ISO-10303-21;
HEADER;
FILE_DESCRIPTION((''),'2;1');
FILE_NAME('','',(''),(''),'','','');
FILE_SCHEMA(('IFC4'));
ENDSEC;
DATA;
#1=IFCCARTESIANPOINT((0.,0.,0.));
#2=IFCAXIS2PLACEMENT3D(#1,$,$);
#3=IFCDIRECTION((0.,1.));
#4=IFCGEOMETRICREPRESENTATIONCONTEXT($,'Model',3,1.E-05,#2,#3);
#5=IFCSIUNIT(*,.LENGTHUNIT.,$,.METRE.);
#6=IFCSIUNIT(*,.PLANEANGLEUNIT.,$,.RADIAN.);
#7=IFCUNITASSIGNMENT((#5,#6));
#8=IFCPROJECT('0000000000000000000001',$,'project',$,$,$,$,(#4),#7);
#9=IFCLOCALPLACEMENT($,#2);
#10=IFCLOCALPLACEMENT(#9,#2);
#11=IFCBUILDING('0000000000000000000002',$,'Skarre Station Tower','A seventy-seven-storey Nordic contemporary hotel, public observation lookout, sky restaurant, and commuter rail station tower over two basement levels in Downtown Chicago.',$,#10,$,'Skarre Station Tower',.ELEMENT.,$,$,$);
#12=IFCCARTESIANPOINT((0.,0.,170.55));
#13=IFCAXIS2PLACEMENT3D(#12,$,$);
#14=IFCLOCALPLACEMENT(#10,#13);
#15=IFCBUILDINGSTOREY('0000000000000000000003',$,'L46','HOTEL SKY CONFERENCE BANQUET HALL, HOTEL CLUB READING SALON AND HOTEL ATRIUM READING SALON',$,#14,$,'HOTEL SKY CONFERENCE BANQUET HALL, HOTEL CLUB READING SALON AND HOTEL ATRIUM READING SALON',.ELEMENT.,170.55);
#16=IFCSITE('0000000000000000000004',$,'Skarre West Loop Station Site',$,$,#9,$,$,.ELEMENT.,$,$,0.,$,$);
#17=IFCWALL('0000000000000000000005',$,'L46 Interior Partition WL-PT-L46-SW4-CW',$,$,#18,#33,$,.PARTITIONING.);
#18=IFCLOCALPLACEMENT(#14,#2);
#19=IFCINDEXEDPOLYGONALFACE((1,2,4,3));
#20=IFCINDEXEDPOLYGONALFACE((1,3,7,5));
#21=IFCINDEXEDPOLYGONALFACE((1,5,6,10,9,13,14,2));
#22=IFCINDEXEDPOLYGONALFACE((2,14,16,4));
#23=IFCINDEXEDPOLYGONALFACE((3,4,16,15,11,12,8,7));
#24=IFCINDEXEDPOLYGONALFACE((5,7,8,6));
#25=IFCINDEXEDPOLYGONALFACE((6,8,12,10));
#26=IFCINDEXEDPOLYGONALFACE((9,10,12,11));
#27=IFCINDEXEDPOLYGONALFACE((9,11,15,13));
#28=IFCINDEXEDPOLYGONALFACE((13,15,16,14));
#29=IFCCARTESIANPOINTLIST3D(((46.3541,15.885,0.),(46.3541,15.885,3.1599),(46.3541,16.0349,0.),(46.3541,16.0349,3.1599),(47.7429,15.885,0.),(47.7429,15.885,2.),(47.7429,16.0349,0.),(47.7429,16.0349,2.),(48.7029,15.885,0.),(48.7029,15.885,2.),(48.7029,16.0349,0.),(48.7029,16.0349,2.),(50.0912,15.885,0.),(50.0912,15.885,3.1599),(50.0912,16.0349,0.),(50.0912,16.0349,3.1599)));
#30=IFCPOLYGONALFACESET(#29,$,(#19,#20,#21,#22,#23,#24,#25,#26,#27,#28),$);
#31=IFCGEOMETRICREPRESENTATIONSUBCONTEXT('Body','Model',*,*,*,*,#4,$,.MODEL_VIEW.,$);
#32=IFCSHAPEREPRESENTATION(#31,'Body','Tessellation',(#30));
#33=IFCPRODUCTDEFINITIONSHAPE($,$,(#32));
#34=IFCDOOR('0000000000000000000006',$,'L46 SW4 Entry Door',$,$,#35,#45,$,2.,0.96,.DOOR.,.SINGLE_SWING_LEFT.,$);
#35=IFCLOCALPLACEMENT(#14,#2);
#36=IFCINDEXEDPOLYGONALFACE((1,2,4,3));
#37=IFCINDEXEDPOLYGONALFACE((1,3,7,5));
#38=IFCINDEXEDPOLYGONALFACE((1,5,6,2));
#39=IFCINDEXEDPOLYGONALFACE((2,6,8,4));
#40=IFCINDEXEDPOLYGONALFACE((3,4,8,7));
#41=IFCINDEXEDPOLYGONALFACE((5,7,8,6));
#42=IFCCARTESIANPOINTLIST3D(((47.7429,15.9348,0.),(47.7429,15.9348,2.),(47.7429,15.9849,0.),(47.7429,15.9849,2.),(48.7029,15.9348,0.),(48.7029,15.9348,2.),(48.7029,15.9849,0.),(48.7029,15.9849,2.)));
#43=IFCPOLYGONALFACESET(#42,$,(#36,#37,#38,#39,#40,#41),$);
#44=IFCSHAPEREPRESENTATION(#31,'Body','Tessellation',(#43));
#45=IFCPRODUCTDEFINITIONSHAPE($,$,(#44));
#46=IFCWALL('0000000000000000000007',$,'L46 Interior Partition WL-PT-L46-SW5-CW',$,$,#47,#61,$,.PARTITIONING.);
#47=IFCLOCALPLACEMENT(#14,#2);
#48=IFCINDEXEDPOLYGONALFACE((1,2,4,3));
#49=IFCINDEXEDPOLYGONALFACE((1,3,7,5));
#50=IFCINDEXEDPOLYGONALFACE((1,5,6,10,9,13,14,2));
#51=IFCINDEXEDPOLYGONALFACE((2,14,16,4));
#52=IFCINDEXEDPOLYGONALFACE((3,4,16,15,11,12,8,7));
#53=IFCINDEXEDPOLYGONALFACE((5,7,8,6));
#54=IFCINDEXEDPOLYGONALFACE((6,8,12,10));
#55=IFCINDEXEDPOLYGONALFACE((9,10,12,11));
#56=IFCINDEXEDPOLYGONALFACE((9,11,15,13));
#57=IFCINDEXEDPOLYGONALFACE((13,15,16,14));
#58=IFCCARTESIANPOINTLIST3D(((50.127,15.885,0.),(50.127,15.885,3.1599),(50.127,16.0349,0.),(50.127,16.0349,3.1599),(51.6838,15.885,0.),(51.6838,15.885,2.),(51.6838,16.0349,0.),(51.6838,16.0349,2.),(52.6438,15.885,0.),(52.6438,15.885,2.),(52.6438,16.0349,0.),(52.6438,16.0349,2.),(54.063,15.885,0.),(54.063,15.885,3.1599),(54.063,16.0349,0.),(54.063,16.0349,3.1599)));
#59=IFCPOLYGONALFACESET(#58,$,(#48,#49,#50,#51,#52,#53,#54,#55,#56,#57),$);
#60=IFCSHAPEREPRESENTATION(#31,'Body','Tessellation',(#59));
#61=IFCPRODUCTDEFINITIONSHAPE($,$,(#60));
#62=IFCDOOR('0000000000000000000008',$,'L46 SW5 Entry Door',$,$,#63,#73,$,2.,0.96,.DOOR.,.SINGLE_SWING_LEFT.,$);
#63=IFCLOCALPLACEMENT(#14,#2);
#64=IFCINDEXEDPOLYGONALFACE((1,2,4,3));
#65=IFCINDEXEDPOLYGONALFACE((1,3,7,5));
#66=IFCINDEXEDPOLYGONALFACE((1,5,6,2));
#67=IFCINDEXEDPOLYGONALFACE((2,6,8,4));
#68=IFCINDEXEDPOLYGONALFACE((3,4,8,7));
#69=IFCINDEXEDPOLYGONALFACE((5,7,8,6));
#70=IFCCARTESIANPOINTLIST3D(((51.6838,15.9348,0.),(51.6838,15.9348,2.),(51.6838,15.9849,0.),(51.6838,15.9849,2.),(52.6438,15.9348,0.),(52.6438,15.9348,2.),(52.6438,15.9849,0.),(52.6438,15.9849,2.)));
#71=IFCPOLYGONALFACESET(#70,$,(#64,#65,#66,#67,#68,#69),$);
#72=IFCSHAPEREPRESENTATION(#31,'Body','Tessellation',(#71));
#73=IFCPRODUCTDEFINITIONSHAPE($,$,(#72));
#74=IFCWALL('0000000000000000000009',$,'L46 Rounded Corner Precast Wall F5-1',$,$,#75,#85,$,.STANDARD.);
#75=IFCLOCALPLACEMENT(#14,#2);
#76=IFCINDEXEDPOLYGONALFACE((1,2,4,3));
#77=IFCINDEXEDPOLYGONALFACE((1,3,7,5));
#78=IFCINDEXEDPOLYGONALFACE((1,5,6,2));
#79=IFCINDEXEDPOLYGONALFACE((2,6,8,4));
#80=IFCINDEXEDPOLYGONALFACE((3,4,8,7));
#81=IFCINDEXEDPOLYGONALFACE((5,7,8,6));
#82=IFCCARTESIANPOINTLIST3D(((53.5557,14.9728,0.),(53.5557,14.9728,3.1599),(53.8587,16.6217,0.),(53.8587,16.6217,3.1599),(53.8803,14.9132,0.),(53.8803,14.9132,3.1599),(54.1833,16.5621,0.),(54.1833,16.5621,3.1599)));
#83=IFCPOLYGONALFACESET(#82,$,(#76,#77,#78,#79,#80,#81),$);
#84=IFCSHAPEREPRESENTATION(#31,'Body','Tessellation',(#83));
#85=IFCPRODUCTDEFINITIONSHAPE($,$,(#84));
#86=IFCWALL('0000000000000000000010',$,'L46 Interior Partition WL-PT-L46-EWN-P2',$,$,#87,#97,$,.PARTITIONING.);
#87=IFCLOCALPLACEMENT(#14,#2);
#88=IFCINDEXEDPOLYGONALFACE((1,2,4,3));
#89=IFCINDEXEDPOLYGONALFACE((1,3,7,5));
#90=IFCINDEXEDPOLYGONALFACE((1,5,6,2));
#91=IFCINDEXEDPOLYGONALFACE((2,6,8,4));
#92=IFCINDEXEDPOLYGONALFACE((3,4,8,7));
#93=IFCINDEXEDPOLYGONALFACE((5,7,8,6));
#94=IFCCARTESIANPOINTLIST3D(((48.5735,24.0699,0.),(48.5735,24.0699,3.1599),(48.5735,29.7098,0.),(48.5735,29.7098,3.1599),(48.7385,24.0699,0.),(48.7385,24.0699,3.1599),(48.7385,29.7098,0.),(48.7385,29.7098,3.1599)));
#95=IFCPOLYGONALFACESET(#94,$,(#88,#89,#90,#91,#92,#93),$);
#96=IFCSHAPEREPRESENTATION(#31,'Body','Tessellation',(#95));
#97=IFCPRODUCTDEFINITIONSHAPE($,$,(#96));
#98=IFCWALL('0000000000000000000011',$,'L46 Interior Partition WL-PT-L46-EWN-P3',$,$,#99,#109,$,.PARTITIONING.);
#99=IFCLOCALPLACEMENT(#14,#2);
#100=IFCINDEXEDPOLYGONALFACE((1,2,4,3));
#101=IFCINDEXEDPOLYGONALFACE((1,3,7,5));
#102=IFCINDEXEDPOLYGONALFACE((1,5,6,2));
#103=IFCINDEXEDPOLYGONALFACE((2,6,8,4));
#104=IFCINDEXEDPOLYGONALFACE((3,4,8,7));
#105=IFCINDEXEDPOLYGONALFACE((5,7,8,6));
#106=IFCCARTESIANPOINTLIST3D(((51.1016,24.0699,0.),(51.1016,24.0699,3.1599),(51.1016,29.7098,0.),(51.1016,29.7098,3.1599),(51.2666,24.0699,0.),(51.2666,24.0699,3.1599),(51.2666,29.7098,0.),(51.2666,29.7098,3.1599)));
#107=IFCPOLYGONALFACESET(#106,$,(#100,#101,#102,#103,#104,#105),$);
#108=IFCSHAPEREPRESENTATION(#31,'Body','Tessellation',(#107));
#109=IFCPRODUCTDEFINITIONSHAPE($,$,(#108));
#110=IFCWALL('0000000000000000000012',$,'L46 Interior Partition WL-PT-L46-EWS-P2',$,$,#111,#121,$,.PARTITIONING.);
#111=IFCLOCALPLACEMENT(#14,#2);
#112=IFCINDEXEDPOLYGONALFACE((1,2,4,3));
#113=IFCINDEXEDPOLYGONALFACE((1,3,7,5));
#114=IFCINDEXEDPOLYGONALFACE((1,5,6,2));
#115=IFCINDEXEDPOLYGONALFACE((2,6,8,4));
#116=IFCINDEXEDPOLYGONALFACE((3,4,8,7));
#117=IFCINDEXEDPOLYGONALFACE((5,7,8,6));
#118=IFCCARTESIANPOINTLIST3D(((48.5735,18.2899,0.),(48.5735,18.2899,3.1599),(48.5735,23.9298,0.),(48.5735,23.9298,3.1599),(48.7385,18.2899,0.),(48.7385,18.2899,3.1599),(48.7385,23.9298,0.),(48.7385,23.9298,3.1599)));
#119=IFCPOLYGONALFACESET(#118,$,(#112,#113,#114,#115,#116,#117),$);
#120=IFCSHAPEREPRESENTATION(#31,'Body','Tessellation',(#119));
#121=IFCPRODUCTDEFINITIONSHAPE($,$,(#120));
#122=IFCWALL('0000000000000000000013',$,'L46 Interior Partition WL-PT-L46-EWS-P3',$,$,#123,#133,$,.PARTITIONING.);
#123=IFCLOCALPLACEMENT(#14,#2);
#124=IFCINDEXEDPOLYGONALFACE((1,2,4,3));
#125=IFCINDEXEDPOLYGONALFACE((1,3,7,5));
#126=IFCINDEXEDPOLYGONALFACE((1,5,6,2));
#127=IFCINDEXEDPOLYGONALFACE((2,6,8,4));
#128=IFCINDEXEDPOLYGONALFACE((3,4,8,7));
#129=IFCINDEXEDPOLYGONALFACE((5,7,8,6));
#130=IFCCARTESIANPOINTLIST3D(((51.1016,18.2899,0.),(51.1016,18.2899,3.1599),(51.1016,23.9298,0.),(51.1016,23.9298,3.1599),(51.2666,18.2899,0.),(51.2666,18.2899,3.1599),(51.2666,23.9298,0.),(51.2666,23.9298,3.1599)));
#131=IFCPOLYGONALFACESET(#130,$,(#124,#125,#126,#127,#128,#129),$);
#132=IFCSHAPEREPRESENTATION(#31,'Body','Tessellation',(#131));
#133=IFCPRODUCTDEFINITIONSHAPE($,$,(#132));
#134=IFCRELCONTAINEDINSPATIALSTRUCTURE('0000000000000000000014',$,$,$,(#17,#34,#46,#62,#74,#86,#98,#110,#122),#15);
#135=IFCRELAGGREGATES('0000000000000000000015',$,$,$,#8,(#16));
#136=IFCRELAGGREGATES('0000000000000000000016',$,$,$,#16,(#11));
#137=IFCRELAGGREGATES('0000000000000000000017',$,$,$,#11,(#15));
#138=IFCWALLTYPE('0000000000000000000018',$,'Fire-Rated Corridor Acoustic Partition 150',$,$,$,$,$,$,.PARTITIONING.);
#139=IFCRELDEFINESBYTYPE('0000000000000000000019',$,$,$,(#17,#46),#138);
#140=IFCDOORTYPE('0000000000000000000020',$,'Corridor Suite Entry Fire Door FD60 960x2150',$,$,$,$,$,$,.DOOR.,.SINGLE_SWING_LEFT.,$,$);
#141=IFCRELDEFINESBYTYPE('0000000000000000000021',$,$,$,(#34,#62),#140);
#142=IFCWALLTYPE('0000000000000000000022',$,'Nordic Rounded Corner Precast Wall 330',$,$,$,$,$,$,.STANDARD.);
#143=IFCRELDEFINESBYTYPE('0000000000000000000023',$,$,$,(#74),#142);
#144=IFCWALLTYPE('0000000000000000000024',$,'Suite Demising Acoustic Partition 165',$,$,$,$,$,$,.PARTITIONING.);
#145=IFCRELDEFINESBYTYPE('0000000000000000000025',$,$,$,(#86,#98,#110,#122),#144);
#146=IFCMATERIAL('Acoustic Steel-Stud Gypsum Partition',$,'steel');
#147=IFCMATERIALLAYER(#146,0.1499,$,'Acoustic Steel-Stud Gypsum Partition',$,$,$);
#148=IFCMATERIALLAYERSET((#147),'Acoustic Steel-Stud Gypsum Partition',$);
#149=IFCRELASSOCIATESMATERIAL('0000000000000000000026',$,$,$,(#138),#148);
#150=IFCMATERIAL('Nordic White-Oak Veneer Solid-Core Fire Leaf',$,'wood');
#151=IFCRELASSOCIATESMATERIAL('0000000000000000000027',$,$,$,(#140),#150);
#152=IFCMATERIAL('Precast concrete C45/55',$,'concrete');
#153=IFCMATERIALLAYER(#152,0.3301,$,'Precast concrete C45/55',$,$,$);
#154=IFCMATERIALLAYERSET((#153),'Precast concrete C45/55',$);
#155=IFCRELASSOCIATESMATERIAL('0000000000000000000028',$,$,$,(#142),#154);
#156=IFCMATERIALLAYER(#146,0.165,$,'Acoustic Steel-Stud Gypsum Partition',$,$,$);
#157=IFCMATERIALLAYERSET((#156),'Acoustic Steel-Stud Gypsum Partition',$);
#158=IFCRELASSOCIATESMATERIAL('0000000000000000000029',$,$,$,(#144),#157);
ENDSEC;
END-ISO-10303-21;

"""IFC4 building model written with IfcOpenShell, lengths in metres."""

from ifc_helpers import new_model, si_unit, direction, frame, frame_2d, origin, place, context, subcontext, project, spatial, rectangle, extrude, material, layer, layer_set, type_object, element, fill, save


model = new_model("IFC4")

# Units and contexts
model_context = context("Model", 3, precision=1e-05, world=origin(), true_north=direction((0.0, 1.0)))
body_context = subcontext(model_context, "Body", "Model", "MODEL_VIEW")
ifc_project = project(units=[si_unit("LENGTHUNIT", "METRE"), si_unit("PLANEANGLEUNIT", "RADIAN")], contexts=[model_context])

# Site, building, storey
site_placement = place(None, origin())
site = spatial("IfcSite", under=ifc_project, at=site_placement, Name="Skarre West Loop Station Site", CompositionType="ELEMENT", RefElevation=0.0)
building_placement = place(site_placement, origin())
building = spatial("IfcBuilding", under=site, at=building_placement, Name="Skarre Station Tower", Description="A seventy-seven-storey Nordic contemporary hotel, public observation lookout, sky restaurant, and commuter rail station tower over two basement levels in Downtown Chicago.", LongName="Skarre Station Tower", CompositionType="ELEMENT")
storey_placement = place(building_placement, frame((0.0, 0.0, 170.55)))
storey = spatial("IfcBuildingStorey", under=building, at=storey_placement, Name="L46", Description="HOTEL SKY CONFERENCE BANQUET HALL, HOTEL CLUB READING SALON AND HOTEL ATRIUM READING SALON", LongName="HOTEL SKY CONFERENCE BANQUET HALL, HOTEL CLUB READING SALON AND HOTEL ATRIUM READING SALON", CompositionType="ELEMENT", Elevation=170.55)

# Walls, openings, doors
ifc_material_1 = material(Name="Acoustic Steel-Stud Gypsum Partition", Category="steel")
ifc_layer_1 = layer(ifc_material_1, 0.1499, Name="Acoustic Steel-Stud Gypsum Partition")
ifc_layer_set_1 = layer_set([ifc_layer_1], Name="Acoustic Steel-Stud Gypsum Partition")
wall_type_1 = type_object("IfcWallType", Name="Fire-Rated Corridor Acoustic Partition 150", PredefinedType="PARTITIONING", material=ifc_layer_set_1)
ifc_material_2 = material(Name="Nordic White-Oak Veneer Solid-Core Fire Leaf", Category="wood")
door_type = type_object("IfcDoorType", Name="Corridor Suite Entry Fire Door FD60 960x2150", OperationType="SINGLE_SWING_LEFT", PredefinedType="DOOR", material=ifc_material_2)
wall_1_placement = place(storey_placement, frame((46.354, 15.96, 0.0), z_axis=(0.0, 0.0, 1.0), x_axis=(1.0, 0.0, 0.0)))
wall_1 = element("IfcWall", 1, at=wall_1_placement, inside=storey, type_object=wall_type_1, Name="L46 Interior Partition WL-PT-L46-SW4-CW", PredefinedType="PARTITIONING", context=body_context, shape_type="SweptSolid", body=[
    extrude(rectangle(XDim=3.7371, YDim=0.1499, at=frame_2d((1.8687, 0.0))), origin(), (0.0, 0.0, 1.0), 3.1599),
])
opening_1_placement = place(wall_1_placement, frame((1.3889, 0.0, 0.0)))
opening_1 = element("IfcOpeningElement", 2, at=opening_1_placement, cuts=wall_1, PredefinedType="OPENING", context=body_context, shape_type="SweptSolid", body=[
    extrude(rectangle(XDim=0.96, YDim=2.0, at=frame_2d((0.48, 1.0))), frame((0.0, 0.085, 0.0), z_axis=(0.0, -1.0, 0.0), x_axis=(1.0, 0.0, 0.0)), (0.0, 0.0, 1.0), 0.1699),
])
door_1_placement = place(opening_1_placement, origin())
door_1 = element("IfcDoor", 3, at=door_1_placement, inside=storey, type_object=door_type, Name="L46 SW4 Entry Door", OperationType="SINGLE_SWING_LEFT", OverallHeight=2.0, OverallWidth=0.96, PredefinedType="DOOR", context=body_context, shape_type="SweptSolid", body=[
    extrude(rectangle(XDim=0.96, YDim=2.0, at=frame_2d((0.48, 1.0))), frame((0.0, 0.0249, 0.0), z_axis=(0.0, -1.0, 0.0), x_axis=(1.0, 0.0, 0.0)), (0.0, 0.0, 1.0), 0.05),
])
fill(opening_1, door_1)
wall_2_placement = place(storey_placement, frame((50.127, 15.96, 0.0), z_axis=(0.0, 0.0, 1.0), x_axis=(1.0, 0.0, 0.0)))
wall_2 = element("IfcWall", 4, at=wall_2_placement, inside=storey, type_object=wall_type_1, Name="L46 Interior Partition WL-PT-L46-SW5-CW", PredefinedType="PARTITIONING", context=body_context, shape_type="SweptSolid", body=[
    extrude(rectangle(XDim=3.936, YDim=0.1499, at=frame_2d((1.968, 0.0))), origin(), (0.0, 0.0, 1.0), 3.1599),
])
opening_2_placement = place(wall_2_placement, frame((1.5569, 0.0, 0.0)))
opening_2 = element("IfcOpeningElement", 5, at=opening_2_placement, cuts=wall_2, PredefinedType="OPENING", context=body_context, shape_type="SweptSolid", body=[
    extrude(rectangle(XDim=0.96, YDim=2.0, at=frame_2d((0.48, 1.0))), frame((0.0, 0.085, 0.0), z_axis=(0.0, -1.0, 0.0), x_axis=(1.0, 0.0, 0.0)), (0.0, 0.0, 1.0), 0.1699),
])
door_2_placement = place(opening_2_placement, origin())
door_2 = element("IfcDoor", 6, at=door_2_placement, inside=storey, type_object=door_type, Name="L46 SW5 Entry Door", OperationType="SINGLE_SWING_LEFT", OverallHeight=2.0, OverallWidth=0.96, PredefinedType="DOOR", context=body_context, shape_type="SweptSolid", body=[
    extrude(rectangle(XDim=0.96, YDim=2.0, at=frame_2d((0.48, 1.0))), frame((0.0, 0.0249, 0.0), z_axis=(0.0, -1.0, 0.0), x_axis=(1.0, 0.0, 0.0)), (0.0, 0.0, 1.0), 0.05),
])
fill(opening_2, door_2)

# Walls
ifc_material_3 = material(Name="Precast concrete C45/55", Category="concrete")
ifc_layer_2 = layer(ifc_material_3, 0.3301, Name="Precast concrete C45/55")
ifc_layer_set_2 = layer_set([ifc_layer_2], Name="Precast concrete C45/55")
wall_type_2 = type_object("IfcWallType", Name="Nordic Rounded Corner Precast Wall 330", PredefinedType="STANDARD", material=ifc_layer_set_2)
wall_3_placement = place(storey_placement, frame((54.021, 16.592, 0.0), z_axis=(0.0, 0.0, 1.0), x_axis=(-0.180718, -0.983535, 0.0)))
element("IfcWall", 7, at=wall_3_placement, inside=storey, type_object=wall_type_2, Name="L46 Rounded Corner Precast Wall F5-1", PredefinedType="STANDARD", context=body_context, shape_type="SweptSolid", body=[
    extrude(rectangle(XDim=1.6765, YDim=0.3301, at=frame_2d((0.8384, 0.0))), origin(), (0.0, 0.0, 1.0), 3.1599),
])
ifc_layer_3 = layer(ifc_material_1, 0.165, Name="Acoustic Steel-Stud Gypsum Partition")
ifc_layer_set_3 = layer_set([ifc_layer_3], Name="Acoustic Steel-Stud Gypsum Partition")
wall_type_3 = type_object("IfcWallType", Name="Suite Demising Acoustic Partition 165", PredefinedType="PARTITIONING", material=ifc_layer_set_3)
for number, where, z_axis, x_axis, name in (
    (8, (48.656, 24.0701, 0.0), (0.0, 0.0, 1.0), (0.0, 1.0, 0.0), "L46 Interior Partition WL-PT-L46-EWN-P2"),
    (9, (51.1841, 24.0701, 0.0), (0.0, 0.0, 1.0), (0.0, 1.0, 0.0), "L46 Interior Partition WL-PT-L46-EWN-P3"),
    (10, (48.656, 18.29, 0.0), (0.0, 0.0, 1.0), (0.0, 1.0, 0.0), "L46 Interior Partition WL-PT-L46-EWS-P2"),
    (11, (51.1841, 18.29, 0.0), (0.0, 0.0, 1.0), (0.0, 1.0, 0.0), "L46 Interior Partition WL-PT-L46-EWS-P3"),
):
    element("IfcWall", number, at=place(storey_placement, frame(where, z_axis=z_axis, x_axis=x_axis)), inside=storey, type_object=wall_type_3, Name=name, PredefinedType="PARTITIONING", context=body_context, shape_type="SweptSolid", body=[
        extrude(rectangle(XDim=5.6399, YDim=0.165, at=frame_2d((2.8198, 0.0))), origin(), (0.0, 0.0, 1.0), 3.1599),
    ])

save(model, "model.ifc")
